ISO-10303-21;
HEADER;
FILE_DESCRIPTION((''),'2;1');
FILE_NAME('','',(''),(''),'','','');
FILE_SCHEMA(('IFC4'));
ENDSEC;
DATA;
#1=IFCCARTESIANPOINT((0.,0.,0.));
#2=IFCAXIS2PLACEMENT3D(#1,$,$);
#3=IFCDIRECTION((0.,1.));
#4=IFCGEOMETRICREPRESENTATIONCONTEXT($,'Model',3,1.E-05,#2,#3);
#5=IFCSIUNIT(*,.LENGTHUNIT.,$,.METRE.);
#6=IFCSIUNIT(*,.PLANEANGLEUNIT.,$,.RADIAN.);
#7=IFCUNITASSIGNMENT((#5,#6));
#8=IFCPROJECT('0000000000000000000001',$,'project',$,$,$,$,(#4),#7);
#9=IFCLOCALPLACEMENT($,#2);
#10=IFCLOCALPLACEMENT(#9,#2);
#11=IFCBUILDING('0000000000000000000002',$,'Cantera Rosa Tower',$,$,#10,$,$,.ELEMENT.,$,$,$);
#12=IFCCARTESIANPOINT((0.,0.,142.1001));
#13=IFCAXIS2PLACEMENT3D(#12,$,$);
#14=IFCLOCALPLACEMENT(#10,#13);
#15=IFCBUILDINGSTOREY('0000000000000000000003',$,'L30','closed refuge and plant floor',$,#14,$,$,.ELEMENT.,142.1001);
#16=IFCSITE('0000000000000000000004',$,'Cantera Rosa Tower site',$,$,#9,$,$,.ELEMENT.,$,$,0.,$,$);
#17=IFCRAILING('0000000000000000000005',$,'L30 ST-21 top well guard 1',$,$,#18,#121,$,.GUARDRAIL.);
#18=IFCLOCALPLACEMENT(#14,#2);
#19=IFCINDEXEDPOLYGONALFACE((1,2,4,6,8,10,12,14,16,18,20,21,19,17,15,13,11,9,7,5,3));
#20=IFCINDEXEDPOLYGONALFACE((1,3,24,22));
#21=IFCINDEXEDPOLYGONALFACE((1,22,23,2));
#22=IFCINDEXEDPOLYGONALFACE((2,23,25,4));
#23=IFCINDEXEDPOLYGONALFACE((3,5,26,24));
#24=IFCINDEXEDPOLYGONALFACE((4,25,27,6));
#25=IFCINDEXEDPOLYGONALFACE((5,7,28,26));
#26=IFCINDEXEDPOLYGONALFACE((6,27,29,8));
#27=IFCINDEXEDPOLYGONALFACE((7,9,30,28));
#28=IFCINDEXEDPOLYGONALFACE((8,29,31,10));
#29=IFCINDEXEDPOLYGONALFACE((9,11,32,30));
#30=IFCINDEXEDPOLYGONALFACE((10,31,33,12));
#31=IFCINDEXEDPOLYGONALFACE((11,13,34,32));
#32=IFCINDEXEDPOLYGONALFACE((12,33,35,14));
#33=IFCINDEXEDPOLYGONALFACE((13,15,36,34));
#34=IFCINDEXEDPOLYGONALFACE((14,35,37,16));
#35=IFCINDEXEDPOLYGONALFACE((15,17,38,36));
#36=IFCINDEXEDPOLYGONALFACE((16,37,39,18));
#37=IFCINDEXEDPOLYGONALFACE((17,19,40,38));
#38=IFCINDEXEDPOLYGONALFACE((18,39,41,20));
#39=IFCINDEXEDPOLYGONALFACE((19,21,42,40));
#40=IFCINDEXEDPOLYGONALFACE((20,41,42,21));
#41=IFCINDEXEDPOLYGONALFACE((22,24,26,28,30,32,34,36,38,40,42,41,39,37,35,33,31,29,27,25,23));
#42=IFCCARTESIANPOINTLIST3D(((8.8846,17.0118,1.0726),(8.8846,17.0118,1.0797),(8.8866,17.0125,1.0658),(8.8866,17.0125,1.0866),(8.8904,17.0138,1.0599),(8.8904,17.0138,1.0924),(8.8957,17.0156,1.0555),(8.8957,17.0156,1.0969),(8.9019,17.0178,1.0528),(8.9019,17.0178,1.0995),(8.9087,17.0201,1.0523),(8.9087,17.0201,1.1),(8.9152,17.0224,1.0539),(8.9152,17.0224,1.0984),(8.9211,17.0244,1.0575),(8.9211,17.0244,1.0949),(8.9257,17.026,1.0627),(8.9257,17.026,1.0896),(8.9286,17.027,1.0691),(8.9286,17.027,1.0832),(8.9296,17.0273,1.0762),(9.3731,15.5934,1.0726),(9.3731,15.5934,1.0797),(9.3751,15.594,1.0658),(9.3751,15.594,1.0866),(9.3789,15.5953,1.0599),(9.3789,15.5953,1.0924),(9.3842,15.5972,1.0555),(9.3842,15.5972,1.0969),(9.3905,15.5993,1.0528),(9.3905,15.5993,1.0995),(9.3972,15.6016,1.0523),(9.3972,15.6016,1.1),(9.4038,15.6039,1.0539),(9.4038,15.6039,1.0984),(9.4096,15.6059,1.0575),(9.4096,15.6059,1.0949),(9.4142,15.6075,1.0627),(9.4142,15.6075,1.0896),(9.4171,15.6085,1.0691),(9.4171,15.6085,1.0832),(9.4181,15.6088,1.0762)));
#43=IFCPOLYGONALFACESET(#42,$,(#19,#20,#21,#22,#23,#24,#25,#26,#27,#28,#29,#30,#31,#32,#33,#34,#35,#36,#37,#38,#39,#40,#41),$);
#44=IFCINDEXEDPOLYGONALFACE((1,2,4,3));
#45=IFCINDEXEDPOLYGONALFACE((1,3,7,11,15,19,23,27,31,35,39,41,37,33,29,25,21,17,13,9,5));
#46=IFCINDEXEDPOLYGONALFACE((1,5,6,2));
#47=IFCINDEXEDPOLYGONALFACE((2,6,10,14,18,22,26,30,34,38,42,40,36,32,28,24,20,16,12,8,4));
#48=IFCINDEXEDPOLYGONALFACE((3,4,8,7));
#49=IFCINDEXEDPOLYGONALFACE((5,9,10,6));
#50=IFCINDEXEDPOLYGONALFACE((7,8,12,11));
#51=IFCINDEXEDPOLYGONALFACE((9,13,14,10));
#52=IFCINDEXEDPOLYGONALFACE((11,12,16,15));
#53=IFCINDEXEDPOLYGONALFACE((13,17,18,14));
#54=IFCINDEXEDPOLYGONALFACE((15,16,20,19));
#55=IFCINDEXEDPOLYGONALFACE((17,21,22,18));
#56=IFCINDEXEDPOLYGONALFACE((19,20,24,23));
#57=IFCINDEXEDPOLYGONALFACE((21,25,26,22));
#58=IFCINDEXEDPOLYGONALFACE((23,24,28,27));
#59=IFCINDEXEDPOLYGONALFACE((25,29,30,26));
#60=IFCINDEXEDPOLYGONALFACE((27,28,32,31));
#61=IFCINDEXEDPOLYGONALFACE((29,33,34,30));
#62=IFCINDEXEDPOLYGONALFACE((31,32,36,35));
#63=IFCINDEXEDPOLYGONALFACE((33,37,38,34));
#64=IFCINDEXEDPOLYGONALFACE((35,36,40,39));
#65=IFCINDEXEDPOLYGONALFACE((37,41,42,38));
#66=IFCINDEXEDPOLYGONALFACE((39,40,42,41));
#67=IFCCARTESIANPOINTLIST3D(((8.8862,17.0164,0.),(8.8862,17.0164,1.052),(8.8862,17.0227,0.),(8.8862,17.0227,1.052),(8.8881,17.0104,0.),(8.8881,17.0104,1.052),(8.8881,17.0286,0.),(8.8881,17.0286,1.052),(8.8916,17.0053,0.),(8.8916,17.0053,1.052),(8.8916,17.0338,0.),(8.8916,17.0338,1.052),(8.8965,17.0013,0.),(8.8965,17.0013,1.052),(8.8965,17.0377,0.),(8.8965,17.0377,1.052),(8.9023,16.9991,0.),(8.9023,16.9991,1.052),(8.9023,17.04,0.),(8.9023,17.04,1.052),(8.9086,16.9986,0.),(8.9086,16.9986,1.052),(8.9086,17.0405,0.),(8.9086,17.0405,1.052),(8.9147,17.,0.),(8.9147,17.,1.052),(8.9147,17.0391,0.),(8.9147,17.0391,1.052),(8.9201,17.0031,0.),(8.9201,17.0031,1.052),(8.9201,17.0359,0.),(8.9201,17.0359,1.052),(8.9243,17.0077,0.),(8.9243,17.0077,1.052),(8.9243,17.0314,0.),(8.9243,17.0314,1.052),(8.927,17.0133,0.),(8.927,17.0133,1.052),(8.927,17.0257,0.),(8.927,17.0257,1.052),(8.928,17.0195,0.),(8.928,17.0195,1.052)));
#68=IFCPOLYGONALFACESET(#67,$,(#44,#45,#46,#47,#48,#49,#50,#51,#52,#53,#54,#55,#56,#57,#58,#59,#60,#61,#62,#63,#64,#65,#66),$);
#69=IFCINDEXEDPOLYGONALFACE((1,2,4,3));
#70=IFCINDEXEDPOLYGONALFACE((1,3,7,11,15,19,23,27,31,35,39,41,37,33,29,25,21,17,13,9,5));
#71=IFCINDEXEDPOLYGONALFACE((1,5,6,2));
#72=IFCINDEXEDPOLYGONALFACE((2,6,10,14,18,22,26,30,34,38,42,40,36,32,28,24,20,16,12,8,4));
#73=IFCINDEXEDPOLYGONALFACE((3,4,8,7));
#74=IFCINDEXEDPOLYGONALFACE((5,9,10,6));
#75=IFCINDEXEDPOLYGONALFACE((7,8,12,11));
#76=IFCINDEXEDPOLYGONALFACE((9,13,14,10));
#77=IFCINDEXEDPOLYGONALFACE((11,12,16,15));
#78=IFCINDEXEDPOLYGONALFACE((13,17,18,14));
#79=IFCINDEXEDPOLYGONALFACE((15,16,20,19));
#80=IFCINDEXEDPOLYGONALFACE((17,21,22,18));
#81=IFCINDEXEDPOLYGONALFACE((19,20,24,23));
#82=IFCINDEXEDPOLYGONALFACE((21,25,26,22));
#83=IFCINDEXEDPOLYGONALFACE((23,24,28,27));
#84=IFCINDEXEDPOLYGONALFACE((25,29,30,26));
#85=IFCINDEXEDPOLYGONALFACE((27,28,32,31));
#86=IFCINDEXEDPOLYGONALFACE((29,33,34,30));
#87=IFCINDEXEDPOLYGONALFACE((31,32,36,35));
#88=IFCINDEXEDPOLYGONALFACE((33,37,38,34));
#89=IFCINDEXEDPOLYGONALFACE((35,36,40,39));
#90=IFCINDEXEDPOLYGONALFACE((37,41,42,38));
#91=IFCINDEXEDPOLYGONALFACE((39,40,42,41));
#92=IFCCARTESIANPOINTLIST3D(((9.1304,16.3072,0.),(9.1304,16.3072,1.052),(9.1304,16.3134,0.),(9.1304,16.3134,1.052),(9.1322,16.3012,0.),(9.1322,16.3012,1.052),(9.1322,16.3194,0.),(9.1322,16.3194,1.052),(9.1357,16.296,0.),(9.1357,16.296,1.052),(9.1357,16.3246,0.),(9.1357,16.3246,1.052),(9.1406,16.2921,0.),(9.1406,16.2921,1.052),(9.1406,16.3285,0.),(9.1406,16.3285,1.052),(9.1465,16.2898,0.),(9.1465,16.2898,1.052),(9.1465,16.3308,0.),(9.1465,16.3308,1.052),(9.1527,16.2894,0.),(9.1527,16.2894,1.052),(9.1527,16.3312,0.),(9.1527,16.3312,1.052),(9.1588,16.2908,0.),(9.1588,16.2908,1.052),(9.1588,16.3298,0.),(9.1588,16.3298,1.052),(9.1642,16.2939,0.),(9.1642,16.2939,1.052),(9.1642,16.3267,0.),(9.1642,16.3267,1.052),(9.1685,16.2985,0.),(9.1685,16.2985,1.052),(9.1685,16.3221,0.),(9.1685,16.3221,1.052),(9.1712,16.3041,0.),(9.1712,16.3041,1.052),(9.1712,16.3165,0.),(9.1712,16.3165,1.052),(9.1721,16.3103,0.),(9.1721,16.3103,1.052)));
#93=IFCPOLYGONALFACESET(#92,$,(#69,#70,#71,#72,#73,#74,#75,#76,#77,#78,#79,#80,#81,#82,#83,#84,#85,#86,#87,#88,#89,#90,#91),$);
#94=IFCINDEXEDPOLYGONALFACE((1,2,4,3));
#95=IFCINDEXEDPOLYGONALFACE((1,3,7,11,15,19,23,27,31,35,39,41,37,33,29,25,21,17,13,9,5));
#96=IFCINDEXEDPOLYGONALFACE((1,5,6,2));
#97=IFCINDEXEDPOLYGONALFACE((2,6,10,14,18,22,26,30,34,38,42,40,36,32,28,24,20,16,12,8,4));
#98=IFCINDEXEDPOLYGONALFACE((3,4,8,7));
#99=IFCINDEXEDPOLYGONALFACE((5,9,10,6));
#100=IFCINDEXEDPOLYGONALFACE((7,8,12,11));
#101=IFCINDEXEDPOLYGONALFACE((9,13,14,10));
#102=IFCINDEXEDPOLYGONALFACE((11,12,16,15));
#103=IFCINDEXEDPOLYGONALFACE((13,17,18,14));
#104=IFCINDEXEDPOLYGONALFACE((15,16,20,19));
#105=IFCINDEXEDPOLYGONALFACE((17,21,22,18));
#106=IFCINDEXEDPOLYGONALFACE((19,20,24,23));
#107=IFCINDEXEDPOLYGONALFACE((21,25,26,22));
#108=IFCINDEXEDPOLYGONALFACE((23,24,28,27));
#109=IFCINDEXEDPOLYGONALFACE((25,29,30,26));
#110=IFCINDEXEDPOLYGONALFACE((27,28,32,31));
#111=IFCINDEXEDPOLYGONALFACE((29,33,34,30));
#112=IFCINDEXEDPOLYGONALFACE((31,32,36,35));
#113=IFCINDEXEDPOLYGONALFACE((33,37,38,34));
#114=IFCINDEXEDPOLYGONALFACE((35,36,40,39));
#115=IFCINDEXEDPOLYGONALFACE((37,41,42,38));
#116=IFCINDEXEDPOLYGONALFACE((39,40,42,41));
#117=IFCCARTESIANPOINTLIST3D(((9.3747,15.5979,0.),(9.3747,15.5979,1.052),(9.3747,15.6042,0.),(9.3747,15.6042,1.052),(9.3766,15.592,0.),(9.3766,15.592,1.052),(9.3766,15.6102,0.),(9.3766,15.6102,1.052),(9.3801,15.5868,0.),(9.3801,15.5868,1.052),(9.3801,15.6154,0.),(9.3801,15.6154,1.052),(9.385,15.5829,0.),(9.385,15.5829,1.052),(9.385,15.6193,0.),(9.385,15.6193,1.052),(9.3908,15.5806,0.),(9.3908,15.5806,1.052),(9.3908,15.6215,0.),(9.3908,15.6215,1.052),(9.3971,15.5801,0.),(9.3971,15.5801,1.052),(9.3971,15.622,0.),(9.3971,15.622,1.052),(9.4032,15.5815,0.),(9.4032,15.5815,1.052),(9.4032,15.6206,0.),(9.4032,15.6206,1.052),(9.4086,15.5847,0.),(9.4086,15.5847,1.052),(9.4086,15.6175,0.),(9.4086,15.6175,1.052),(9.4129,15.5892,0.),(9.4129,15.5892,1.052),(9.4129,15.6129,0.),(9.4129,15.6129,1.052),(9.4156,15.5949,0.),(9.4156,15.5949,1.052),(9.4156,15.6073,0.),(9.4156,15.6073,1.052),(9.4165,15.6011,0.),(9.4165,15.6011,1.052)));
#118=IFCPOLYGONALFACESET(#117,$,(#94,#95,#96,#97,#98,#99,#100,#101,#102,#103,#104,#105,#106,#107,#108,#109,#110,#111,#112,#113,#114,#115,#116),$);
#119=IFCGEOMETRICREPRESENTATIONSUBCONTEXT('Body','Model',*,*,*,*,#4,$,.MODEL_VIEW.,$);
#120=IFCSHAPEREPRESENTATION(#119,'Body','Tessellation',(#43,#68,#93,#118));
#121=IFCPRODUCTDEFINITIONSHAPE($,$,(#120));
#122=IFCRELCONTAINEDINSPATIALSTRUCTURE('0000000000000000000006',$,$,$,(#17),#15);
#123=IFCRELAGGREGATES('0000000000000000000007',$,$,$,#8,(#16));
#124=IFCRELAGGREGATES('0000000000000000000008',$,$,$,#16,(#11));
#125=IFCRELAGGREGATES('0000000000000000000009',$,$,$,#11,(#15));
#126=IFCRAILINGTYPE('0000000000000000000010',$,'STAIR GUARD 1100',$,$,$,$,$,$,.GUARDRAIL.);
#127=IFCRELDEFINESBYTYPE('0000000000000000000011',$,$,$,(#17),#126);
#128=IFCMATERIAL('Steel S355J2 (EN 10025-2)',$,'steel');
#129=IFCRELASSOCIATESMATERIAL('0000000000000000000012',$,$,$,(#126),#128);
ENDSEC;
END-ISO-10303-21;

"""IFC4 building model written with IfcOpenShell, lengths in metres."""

from ifc_helpers import new_model, si_unit, direction, frame, origin, origin_2d, place, context, subcontext, project, spatial, circle, extrude, material, type_object, element, save


model = new_model("IFC4")

# Units and contexts
model_context = context("Model", 3, precision=1e-05, world=origin(), true_north=direction((0.0, 1.0)))
body_context = subcontext(model_context, "Body", "Model", "MODEL_VIEW")
ifc_project = project(units=[si_unit("LENGTHUNIT", "METRE"), si_unit("PLANEANGLEUNIT", "RADIAN")], contexts=[model_context])

# Site, building, storey
site_placement = place(None, origin())
site = spatial("IfcSite", under=ifc_project, at=site_placement, Name="Cantera Rosa Tower site", CompositionType="ELEMENT", RefElevation=0.0)
building_placement = place(site_placement, origin())
building = spatial("IfcBuilding", under=site, at=building_placement, Name="Cantera Rosa Tower", CompositionType="ELEMENT")
storey_placement = place(building_placement, frame((0.0, 0.0, 142.1001)))
storey = spatial("IfcBuildingStorey", under=building, at=storey_placement, Name="L30", Description="closed refuge and plant floor", CompositionType="ELEMENT", Elevation=142.1001)

# Railing
ifc_material_1 = material(Name="Steel S355J2 (EN 10025-2)", Category="steel")
railing_type = type_object("IfcRailingType", Name="STAIR GUARD 1100", PredefinedType="GUARDRAIL", material=ifc_material_1)
railing_1_placement = place(storey_placement, frame((8.907, 17.0195, 0.0)))
element("IfcRailing", 1, at=railing_1_placement, inside=storey, type_object=railing_type, Name="L30 ST-21 top well guard 1", PredefinedType="GUARDRAIL", context=body_context, shape_type="SweptSolid", body=[
    extrude(circle(Radius=0.0239, at=origin_2d()), frame((0.0, 0.0, 1.0762), z_axis=(0.325635, -0.945496, 0.0), x_axis=(0.945496, 0.325635, 0.0)), (0.0, 0.0, 1.0), 1.5002),
    extrude(circle(Radius=0.021, at=origin_2d()), origin(), (0.0, 0.0, 1.0), 1.052),
    extrude(circle(Radius=0.021, at=origin_2d()), frame((0.2441, -0.7092, 0.0)), (0.0, 0.0, 1.0), 1.052),
    extrude(circle(Radius=0.021, at=origin_2d()), frame((0.4885, -1.4185, 0.0)), (0.0, 0.0, 1.0), 1.052),
])

save(model, "model.ifc")
